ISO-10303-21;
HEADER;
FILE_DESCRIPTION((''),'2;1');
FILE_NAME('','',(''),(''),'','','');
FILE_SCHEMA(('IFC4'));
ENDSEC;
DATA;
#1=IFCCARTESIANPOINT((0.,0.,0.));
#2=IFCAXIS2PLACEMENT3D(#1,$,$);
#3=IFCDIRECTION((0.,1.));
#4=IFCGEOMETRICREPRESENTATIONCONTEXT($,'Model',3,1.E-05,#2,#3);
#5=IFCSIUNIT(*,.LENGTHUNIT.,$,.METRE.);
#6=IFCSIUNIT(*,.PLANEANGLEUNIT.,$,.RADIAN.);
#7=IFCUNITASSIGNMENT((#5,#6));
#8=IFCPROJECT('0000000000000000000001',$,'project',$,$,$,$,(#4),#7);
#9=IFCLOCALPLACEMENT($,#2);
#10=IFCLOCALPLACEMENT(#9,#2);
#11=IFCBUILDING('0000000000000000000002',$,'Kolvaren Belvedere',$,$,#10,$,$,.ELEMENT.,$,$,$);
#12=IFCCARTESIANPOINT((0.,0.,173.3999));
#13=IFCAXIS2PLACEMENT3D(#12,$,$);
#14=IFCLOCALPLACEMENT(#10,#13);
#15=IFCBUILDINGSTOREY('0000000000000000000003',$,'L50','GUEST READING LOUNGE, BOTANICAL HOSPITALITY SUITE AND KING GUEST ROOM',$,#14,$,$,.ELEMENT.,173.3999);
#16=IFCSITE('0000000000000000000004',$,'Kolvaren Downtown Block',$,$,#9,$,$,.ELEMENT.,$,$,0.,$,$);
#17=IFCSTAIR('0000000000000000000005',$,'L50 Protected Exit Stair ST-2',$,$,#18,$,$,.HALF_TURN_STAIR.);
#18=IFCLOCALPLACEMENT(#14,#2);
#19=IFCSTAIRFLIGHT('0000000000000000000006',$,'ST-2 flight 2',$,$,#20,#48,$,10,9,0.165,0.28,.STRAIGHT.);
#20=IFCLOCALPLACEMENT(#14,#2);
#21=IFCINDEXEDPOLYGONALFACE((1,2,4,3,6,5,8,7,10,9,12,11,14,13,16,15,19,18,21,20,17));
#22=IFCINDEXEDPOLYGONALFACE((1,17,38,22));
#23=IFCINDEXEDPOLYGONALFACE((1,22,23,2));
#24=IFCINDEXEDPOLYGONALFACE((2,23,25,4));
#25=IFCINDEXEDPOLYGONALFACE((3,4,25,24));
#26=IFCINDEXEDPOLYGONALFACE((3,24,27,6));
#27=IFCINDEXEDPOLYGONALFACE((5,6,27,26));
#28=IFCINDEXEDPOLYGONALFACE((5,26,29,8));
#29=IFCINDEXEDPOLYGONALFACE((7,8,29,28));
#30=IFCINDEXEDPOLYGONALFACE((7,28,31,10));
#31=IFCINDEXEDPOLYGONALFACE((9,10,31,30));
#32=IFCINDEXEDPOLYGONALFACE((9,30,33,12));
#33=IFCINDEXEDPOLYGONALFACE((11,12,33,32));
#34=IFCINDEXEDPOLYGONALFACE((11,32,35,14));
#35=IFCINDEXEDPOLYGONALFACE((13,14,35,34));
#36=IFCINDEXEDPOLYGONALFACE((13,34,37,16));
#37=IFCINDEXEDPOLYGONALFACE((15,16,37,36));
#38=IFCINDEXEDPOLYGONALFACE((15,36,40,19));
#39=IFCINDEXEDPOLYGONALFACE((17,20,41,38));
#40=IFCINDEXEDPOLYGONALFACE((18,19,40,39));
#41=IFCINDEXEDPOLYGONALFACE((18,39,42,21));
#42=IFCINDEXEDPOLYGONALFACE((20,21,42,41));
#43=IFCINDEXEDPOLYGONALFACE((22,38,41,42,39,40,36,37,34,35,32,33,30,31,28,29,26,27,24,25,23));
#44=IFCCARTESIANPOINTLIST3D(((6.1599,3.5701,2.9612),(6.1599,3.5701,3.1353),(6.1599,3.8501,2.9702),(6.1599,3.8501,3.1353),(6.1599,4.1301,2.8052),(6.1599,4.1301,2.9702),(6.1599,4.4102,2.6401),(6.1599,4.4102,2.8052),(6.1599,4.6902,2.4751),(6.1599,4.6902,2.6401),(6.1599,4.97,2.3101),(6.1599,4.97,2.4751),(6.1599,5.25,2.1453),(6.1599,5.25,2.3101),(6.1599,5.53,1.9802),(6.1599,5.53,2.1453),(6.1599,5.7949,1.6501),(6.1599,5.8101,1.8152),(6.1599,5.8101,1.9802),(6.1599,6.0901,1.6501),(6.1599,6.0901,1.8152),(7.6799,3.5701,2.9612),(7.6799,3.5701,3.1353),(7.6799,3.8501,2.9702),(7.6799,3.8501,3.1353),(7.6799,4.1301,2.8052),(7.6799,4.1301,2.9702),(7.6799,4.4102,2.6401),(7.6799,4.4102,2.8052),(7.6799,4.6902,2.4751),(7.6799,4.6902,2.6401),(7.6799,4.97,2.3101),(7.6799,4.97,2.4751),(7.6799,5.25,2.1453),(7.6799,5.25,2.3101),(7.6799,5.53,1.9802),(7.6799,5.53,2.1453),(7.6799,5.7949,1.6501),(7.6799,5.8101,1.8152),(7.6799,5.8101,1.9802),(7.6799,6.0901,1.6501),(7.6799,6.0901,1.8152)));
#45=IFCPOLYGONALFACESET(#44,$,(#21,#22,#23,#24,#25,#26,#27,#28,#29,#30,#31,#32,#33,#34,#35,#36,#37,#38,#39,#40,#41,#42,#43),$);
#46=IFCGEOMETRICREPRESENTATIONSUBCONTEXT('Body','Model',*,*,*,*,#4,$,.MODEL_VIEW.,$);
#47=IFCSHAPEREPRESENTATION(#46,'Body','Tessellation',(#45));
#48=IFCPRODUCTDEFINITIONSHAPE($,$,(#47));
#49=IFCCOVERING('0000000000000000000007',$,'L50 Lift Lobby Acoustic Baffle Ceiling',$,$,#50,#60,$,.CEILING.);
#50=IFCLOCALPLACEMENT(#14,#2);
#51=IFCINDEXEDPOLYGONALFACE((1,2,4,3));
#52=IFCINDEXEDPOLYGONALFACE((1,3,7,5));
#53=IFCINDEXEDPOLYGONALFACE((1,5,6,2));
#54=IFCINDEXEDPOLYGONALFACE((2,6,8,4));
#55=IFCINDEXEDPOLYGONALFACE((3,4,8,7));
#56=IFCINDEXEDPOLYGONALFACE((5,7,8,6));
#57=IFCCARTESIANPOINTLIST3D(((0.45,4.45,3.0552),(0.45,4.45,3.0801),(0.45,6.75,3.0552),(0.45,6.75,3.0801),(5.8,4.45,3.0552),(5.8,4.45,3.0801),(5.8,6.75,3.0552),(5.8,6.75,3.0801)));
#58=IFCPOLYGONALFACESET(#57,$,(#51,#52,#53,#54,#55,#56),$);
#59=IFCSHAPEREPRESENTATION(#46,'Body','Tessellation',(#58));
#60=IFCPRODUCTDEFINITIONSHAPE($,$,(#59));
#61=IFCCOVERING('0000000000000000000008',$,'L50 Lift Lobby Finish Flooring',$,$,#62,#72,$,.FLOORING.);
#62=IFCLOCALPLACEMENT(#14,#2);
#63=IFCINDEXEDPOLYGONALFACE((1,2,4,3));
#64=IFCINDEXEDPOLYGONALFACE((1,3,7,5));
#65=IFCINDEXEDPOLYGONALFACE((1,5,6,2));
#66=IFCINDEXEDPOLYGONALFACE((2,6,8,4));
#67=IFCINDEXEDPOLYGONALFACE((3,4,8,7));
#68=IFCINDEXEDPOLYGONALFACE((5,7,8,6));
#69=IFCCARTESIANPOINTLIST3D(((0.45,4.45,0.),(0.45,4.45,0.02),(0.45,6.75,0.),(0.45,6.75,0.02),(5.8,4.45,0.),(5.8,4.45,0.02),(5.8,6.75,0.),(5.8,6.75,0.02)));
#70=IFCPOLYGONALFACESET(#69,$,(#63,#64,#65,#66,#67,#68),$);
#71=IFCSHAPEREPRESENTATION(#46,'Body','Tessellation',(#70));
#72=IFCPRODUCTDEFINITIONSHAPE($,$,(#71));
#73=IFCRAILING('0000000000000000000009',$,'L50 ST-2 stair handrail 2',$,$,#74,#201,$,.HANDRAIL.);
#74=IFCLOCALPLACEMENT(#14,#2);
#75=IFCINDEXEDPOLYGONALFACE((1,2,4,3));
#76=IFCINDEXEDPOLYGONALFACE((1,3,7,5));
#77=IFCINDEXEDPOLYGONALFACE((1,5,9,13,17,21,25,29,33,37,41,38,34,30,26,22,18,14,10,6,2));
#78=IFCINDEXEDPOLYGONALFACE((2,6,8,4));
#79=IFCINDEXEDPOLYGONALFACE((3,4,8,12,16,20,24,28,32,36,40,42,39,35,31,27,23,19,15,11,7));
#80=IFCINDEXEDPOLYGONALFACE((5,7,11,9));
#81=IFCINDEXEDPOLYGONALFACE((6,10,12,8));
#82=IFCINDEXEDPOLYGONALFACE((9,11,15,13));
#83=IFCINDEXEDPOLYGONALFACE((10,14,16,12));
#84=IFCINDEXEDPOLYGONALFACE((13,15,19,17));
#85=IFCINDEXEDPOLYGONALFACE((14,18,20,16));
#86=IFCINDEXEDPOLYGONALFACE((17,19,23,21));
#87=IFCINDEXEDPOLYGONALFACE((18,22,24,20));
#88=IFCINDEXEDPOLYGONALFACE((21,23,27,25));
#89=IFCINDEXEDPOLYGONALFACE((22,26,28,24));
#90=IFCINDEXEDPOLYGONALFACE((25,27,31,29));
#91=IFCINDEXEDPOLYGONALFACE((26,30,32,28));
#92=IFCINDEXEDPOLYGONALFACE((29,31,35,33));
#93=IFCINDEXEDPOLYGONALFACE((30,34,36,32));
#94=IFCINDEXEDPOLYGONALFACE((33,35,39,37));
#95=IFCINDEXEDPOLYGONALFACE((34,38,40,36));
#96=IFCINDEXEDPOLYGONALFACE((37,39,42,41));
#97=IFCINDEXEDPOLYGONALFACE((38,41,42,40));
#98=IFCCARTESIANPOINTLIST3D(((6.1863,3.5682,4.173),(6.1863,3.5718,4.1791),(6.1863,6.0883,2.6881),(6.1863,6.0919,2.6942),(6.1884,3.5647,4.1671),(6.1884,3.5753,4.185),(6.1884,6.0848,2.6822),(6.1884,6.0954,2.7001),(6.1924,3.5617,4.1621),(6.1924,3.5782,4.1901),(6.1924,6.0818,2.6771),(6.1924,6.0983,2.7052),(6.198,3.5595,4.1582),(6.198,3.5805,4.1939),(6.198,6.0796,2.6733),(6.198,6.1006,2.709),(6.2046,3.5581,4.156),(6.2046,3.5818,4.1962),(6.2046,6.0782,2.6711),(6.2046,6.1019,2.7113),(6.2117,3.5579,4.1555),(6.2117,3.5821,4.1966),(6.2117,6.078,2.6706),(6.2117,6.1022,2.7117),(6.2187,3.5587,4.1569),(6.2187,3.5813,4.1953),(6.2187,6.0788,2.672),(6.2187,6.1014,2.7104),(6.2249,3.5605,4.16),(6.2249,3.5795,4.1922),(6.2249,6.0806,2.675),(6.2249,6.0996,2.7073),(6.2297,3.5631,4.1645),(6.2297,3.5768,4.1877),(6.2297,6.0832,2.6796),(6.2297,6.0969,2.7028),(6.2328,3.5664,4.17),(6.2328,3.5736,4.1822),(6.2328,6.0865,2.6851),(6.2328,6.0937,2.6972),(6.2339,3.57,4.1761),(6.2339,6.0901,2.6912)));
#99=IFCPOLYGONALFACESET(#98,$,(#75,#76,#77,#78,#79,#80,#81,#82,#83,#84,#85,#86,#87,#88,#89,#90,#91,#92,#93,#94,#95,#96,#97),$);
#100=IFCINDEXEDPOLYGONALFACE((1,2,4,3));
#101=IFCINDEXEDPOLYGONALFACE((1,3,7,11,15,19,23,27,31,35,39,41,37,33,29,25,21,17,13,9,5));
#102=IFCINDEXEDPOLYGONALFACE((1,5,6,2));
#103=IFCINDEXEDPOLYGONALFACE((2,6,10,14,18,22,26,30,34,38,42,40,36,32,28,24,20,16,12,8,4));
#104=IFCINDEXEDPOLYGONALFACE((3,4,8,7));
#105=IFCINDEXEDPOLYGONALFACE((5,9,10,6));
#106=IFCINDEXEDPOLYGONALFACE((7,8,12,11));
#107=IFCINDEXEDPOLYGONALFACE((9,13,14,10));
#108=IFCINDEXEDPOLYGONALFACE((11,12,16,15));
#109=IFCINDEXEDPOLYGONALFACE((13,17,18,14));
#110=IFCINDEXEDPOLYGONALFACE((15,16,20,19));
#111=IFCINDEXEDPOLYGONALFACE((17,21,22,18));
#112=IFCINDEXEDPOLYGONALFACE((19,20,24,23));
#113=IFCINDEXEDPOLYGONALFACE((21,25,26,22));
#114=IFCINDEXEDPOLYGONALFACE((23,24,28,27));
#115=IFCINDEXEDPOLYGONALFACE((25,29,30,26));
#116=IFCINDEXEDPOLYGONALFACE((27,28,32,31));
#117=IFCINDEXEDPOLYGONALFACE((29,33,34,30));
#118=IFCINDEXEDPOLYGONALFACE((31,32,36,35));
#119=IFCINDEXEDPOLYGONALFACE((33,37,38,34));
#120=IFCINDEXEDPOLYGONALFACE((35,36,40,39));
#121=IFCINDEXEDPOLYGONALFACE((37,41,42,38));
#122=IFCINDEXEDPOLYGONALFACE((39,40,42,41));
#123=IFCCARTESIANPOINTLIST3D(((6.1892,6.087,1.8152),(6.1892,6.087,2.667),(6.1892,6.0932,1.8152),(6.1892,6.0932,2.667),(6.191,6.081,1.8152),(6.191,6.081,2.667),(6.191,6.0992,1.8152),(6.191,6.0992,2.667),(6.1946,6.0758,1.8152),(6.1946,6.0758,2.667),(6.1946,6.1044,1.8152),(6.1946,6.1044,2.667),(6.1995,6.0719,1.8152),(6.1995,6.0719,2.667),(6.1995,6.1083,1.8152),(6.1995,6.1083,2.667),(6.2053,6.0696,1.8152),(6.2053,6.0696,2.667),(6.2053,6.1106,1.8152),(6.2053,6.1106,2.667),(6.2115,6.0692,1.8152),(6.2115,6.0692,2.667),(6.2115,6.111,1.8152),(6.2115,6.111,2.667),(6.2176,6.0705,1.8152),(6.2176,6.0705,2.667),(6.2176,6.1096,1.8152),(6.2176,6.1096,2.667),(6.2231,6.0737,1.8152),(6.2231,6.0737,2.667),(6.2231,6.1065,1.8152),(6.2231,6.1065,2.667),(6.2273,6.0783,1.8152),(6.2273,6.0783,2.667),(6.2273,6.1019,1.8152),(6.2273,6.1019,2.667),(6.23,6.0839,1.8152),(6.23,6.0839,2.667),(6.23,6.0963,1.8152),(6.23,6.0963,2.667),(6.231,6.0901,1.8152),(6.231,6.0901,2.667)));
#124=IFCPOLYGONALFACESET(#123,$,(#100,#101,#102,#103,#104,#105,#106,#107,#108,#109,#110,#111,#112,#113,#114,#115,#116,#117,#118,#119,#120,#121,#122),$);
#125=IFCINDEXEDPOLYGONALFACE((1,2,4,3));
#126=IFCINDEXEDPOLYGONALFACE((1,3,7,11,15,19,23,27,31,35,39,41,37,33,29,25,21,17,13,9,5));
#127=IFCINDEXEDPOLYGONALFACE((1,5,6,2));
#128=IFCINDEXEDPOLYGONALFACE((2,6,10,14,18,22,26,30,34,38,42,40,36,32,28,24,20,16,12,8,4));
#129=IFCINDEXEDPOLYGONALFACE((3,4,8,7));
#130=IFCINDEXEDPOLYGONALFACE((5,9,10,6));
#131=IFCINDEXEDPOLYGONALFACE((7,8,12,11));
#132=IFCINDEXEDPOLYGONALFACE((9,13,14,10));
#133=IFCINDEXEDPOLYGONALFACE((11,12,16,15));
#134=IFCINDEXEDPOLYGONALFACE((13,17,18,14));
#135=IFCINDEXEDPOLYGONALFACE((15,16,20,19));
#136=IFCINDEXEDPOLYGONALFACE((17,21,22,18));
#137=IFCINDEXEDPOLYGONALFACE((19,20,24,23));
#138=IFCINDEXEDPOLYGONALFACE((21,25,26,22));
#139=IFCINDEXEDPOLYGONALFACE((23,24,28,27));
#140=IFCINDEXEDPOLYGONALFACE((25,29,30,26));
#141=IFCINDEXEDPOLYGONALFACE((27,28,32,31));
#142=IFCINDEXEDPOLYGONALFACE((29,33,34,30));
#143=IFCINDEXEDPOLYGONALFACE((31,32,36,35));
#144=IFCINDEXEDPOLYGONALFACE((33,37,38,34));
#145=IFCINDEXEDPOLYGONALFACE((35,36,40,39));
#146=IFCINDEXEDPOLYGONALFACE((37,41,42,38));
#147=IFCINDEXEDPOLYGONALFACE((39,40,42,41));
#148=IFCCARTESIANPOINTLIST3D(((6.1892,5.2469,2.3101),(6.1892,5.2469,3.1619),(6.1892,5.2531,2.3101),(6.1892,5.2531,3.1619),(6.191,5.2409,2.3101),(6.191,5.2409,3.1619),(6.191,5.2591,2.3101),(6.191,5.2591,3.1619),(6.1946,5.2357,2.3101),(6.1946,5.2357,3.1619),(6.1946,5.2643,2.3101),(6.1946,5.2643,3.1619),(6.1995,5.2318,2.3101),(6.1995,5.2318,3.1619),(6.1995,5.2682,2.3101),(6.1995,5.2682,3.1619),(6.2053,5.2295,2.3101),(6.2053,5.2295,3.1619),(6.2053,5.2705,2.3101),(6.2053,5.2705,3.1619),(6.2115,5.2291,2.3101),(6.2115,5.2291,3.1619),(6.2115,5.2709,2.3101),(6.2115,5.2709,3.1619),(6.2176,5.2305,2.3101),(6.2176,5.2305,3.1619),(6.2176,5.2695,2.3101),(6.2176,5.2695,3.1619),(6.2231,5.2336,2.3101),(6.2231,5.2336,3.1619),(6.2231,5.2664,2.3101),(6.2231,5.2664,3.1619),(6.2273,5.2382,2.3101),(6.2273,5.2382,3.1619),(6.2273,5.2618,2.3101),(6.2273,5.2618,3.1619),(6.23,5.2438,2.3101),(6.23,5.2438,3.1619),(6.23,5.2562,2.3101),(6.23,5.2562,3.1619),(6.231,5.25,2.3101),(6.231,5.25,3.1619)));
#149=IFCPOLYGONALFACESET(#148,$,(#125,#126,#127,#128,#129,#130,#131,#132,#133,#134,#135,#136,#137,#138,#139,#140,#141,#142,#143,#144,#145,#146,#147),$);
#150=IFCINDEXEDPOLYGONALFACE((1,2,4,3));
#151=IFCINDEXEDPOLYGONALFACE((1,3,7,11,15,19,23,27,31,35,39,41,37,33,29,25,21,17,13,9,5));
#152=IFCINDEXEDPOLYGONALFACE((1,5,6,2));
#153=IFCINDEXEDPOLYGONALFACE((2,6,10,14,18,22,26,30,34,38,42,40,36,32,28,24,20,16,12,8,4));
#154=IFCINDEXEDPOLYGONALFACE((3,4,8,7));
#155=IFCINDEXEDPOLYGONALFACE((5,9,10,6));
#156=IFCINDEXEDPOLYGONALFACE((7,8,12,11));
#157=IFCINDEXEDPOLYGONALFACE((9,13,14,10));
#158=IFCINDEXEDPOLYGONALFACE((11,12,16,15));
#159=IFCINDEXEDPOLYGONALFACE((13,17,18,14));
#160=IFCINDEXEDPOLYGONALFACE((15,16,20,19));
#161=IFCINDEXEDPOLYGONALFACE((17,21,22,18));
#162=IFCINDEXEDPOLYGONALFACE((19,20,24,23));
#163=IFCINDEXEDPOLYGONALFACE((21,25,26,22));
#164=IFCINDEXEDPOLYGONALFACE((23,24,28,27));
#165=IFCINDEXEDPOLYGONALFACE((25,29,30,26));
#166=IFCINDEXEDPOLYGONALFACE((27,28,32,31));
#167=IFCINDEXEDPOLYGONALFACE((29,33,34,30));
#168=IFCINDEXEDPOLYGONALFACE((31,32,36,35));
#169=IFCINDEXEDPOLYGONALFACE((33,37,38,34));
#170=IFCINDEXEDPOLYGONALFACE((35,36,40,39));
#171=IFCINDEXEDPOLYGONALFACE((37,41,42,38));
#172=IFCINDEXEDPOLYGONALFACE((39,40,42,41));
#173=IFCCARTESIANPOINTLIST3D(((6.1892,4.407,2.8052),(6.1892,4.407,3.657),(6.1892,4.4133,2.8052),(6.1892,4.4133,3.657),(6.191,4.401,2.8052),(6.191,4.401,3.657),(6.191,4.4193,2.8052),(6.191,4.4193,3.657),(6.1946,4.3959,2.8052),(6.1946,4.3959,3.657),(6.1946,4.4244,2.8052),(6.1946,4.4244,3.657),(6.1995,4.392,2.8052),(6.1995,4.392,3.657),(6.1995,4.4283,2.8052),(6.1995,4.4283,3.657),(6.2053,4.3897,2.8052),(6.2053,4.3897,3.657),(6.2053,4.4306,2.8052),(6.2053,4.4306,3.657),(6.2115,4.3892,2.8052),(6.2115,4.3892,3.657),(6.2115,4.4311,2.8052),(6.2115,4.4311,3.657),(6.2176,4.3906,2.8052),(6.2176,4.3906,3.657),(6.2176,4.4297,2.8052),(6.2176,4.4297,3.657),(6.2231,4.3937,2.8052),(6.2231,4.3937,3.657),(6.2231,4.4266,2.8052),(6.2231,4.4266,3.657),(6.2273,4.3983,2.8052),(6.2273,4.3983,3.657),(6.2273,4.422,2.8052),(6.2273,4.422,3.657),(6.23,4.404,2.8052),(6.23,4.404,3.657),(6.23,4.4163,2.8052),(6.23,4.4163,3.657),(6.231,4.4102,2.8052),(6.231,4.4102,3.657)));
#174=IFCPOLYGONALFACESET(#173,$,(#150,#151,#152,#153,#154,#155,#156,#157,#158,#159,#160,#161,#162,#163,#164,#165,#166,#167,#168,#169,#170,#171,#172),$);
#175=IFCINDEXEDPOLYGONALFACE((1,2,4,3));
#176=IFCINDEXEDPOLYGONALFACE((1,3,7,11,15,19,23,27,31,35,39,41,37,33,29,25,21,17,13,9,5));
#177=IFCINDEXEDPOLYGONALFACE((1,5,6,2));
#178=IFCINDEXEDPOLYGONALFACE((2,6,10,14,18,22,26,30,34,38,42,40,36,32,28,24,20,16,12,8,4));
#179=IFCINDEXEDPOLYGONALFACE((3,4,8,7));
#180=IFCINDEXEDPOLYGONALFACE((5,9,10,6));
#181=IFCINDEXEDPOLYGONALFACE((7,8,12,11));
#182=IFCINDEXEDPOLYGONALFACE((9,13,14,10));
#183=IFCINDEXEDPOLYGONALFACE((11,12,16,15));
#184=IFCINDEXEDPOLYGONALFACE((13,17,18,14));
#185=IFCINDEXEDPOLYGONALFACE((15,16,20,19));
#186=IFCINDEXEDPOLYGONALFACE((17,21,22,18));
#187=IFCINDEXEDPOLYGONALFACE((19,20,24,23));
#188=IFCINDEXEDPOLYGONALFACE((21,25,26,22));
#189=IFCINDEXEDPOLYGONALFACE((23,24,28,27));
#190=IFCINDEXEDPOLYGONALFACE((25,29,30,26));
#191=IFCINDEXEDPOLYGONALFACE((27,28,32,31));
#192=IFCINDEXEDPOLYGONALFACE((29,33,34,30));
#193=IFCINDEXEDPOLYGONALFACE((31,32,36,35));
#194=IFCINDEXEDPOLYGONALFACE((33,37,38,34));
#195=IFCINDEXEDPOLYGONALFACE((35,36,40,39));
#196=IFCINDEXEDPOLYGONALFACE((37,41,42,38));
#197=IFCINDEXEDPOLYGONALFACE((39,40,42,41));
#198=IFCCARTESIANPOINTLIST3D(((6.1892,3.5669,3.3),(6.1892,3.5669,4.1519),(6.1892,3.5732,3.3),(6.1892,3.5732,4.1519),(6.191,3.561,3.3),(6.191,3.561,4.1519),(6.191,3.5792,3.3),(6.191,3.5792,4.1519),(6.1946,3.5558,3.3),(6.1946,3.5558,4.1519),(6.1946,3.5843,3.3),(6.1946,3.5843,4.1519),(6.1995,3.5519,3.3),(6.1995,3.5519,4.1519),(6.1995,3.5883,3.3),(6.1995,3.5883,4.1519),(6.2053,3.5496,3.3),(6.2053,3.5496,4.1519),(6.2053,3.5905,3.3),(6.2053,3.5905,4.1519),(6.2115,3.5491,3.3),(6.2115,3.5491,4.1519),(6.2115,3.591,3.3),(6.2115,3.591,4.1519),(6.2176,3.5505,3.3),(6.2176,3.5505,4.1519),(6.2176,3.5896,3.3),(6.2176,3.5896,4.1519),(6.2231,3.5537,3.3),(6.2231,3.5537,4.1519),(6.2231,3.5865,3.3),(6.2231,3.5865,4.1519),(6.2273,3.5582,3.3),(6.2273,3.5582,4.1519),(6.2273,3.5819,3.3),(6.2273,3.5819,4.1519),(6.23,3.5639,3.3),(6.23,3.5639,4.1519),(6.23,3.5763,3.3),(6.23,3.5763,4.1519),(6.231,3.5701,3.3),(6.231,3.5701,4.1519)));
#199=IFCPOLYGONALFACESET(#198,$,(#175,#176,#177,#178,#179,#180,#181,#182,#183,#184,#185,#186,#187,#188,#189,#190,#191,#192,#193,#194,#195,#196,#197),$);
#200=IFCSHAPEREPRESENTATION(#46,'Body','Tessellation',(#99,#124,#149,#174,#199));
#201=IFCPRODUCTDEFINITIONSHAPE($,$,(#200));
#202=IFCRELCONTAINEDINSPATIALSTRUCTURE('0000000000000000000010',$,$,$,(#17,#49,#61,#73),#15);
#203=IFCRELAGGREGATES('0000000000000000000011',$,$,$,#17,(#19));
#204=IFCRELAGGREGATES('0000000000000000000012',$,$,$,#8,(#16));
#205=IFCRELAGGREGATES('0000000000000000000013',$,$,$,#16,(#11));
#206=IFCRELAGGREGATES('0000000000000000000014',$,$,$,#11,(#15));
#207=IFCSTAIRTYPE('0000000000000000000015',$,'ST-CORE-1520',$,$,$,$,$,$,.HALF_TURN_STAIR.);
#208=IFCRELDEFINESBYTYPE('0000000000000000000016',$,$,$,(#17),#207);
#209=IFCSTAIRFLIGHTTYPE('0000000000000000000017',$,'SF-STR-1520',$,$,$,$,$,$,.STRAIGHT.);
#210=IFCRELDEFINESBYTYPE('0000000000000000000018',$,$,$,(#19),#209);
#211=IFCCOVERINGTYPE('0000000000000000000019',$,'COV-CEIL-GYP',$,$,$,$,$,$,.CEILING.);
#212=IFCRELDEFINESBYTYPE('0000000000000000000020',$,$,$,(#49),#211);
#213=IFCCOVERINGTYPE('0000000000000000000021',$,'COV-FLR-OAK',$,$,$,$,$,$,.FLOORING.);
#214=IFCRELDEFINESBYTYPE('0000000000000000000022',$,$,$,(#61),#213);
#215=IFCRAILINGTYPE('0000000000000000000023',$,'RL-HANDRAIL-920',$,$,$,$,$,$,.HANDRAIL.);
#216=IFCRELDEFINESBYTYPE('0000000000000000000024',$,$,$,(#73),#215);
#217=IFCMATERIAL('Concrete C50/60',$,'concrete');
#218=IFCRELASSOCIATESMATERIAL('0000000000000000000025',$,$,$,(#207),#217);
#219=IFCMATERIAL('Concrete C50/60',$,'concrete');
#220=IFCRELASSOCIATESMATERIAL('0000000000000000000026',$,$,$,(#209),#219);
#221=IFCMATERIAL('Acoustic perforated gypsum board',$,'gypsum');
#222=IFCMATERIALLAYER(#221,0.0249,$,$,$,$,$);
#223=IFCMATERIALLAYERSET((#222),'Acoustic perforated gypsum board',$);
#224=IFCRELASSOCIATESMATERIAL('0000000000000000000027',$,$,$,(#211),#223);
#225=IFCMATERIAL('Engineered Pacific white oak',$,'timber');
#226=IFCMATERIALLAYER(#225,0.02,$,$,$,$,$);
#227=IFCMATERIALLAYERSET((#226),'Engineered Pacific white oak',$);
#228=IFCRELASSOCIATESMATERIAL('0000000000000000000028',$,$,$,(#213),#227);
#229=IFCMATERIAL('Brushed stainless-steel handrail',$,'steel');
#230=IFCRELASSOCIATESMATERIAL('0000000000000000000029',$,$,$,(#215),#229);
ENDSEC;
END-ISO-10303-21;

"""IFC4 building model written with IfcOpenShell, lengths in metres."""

from ifc_helpers import new_model, si_unit, direction, frame, origin, origin_2d, place, context, subcontext, project, spatial, polyline, circle, outline, extrude, material, layer, layer_set, type_object, element, aggregate, save


model = new_model("IFC4")

# Units and contexts
model_context = context("Model", 3, precision=1e-05, world=origin(), true_north=direction((0.0, 1.0)))
body_context = subcontext(model_context, "Body", "Model", "MODEL_VIEW")
ifc_project = project(units=[si_unit("LENGTHUNIT", "METRE"), si_unit("PLANEANGLEUNIT", "RADIAN")], contexts=[model_context])

# Site, building, storey
site_placement = place(None, origin())
site = spatial("IfcSite", under=ifc_project, at=site_placement, Name="Kolvaren Downtown Block", CompositionType="ELEMENT", RefElevation=0.0)
building_placement = place(site_placement, origin())
building = spatial("IfcBuilding", under=site, at=building_placement, Name="Kolvaren Belvedere", CompositionType="ELEMENT")
storey_placement = place(building_placement, frame((0.0, 0.0, 173.3999)))
storey = spatial("IfcBuildingStorey", under=building, at=storey_placement, Name="L50", Description="GUEST READING LOUNGE, BOTANICAL HOSPITALITY SUITE AND KING GUEST ROOM", CompositionType="ELEMENT", Elevation=173.3999)

# Stair
ifc_material_1 = material(Name="Concrete C50/60", Category="concrete")
stair_type = type_object("IfcStairType", Name="ST-CORE-1520", PredefinedType="HALF_TURN_STAIR", material=ifc_material_1)
stair_1_placement = place(storey_placement, origin())
stair_1 = element("IfcStair", 1, at=stair_1_placement, inside=storey, type_object=stair_type, Name="L50 Protected Exit Stair ST-2", PredefinedType="HALF_TURN_STAIR")

# Stair flight
ifc_material_2 = material(Name="Concrete C50/60", Category="concrete")
stair_flight_type = type_object("IfcStairFlightType", Name="SF-STR-1520", PredefinedType="STRAIGHT", material=ifc_material_2)
stair_flight_1_placement = place(storey_placement, frame((6.9199, 6.0901, 1.6501), z_axis=(0.0, 0.0, 1.0), x_axis=(0.0, -1.0, 0.0)))
stair_flight_1 = element("IfcStairFlight", 2, at=stair_flight_1_placement, type_object=stair_flight_type, Name="ST-2 flight 2", NumberOfRisers=10, NumberOfTreads=9, PredefinedType="STRAIGHT", RiserHeight=0.165, TreadLength=0.28, context=body_context, shape_type="SweptSolid", body=[
    extrude(outline(polyline([(0.0, 0.0), (0.0, 0.165), (0.28, 0.165), (0.28, 0.3301), (0.5601, 0.3301), (0.5601, 0.4951), (0.8401, 0.4951), (0.8401, 0.6599), (1.1201, 0.6599), (1.1201, 0.825), (1.3999, 0.825), (1.3999, 0.99), (1.6799, 0.99), (1.6799, 1.155), (1.96, 1.155), (1.96, 1.3201), (2.24, 1.3201), (2.24, 1.4851), (2.52, 1.4851), (2.52, 1.6499), (2.52, 1.311), (0.2952, 0.0), (0.0, 0.0)])), frame((0.0, 0.76, 0.0), z_axis=(0.0, -1.0, 0.0), x_axis=(1.0, 0.0, 0.0)), (0.0, 0.0, 1.0), 1.52),
])
aggregate(stair_1, [stair_flight_1])

# Coverings
ifc_material_3 = material(Name="Acoustic perforated gypsum board", Category="gypsum")
ifc_layer_1 = layer(ifc_material_3, 0.0249)
ifc_layer_set_1 = layer_set([ifc_layer_1], Name="Acoustic perforated gypsum board")
covering_type_1 = type_object("IfcCoveringType", Name="COV-CEIL-GYP", PredefinedType="CEILING", material=ifc_layer_set_1)
covering_1_placement = place(storey_placement, frame((0.0, 0.0, 3.0552)))
element("IfcCovering", 3, at=covering_1_placement, inside=storey, type_object=covering_type_1, Name="L50 Lift Lobby Acoustic Baffle Ceiling", PredefinedType="CEILING", context=body_context, shape_type="SweptSolid", body=[
    extrude(outline(polyline([(0.45, 4.45), (5.8, 4.45), (5.8, 6.75), (0.45, 6.75), (0.45, 4.45)])), origin(), (0.0, 0.0, 1.0), 0.0249),
])
ifc_material_4 = material(Name="Engineered Pacific white oak", Category="timber")
ifc_layer_2 = layer(ifc_material_4, 0.02)
ifc_layer_set_2 = layer_set([ifc_layer_2], Name="Engineered Pacific white oak")
covering_type_2 = type_object("IfcCoveringType", Name="COV-FLR-OAK", PredefinedType="FLOORING", material=ifc_layer_set_2)
covering_2_placement = place(storey_placement, origin())
element("IfcCovering", 4, at=covering_2_placement, inside=storey, type_object=covering_type_2, Name="L50 Lift Lobby Finish Flooring", PredefinedType="FLOORING", context=body_context, shape_type="SweptSolid", body=[
    extrude(outline(polyline([(0.45, 4.45), (5.8, 4.45), (5.8, 6.75), (0.45, 6.75), (0.45, 4.45)])), origin(), (0.0, 0.0, 1.0), 0.02),
])

# Railing
ifc_material_5 = material(Name="Brushed stainless-steel handrail", Category="steel")
railing_type_1 = type_object("IfcRailingType", Name="RL-HANDRAIL-920", PredefinedType="HANDRAIL", material=ifc_material_5)
railing_1_placement = place(storey_placement, frame((6.21, 6.0901, 1.8152)))
element("IfcRailing", 5, at=railing_1_placement, inside=storey, type_object=railing_type_1, Name="L50 ST-2 stair handrail 2", PredefinedType="HANDRAIL", context=body_context, shape_type="SweptSolid", body=[
    extrude(circle(Radius=0.0239, at=origin_2d()), frame((0.0, 0.0, 0.876), z_axis=(0.0, -0.861561, 0.507655), x_axis=(1.0, 0.0, 0.0)), (0.0, 0.0, 1.0), 2.925),
    extrude(circle(Radius=0.021, at=origin_2d()), origin(), (0.0, 0.0, 1.0), 0.8518),
    extrude(circle(Radius=0.021, at=origin_2d()), frame((0.0, -0.8401, 0.4949)), (0.0, 0.0, 1.0), 0.8518),
    extrude(circle(Radius=0.021, at=origin_2d()), frame((0.0, -1.6799, 0.99)), (0.0, 0.0, 1.0), 0.8518),
    extrude(circle(Radius=0.021, at=origin_2d()), frame((0.0, -2.52, 1.4849)), (0.0, 0.0, 1.0), 0.8518),
])

save(model, "model.ifc")
